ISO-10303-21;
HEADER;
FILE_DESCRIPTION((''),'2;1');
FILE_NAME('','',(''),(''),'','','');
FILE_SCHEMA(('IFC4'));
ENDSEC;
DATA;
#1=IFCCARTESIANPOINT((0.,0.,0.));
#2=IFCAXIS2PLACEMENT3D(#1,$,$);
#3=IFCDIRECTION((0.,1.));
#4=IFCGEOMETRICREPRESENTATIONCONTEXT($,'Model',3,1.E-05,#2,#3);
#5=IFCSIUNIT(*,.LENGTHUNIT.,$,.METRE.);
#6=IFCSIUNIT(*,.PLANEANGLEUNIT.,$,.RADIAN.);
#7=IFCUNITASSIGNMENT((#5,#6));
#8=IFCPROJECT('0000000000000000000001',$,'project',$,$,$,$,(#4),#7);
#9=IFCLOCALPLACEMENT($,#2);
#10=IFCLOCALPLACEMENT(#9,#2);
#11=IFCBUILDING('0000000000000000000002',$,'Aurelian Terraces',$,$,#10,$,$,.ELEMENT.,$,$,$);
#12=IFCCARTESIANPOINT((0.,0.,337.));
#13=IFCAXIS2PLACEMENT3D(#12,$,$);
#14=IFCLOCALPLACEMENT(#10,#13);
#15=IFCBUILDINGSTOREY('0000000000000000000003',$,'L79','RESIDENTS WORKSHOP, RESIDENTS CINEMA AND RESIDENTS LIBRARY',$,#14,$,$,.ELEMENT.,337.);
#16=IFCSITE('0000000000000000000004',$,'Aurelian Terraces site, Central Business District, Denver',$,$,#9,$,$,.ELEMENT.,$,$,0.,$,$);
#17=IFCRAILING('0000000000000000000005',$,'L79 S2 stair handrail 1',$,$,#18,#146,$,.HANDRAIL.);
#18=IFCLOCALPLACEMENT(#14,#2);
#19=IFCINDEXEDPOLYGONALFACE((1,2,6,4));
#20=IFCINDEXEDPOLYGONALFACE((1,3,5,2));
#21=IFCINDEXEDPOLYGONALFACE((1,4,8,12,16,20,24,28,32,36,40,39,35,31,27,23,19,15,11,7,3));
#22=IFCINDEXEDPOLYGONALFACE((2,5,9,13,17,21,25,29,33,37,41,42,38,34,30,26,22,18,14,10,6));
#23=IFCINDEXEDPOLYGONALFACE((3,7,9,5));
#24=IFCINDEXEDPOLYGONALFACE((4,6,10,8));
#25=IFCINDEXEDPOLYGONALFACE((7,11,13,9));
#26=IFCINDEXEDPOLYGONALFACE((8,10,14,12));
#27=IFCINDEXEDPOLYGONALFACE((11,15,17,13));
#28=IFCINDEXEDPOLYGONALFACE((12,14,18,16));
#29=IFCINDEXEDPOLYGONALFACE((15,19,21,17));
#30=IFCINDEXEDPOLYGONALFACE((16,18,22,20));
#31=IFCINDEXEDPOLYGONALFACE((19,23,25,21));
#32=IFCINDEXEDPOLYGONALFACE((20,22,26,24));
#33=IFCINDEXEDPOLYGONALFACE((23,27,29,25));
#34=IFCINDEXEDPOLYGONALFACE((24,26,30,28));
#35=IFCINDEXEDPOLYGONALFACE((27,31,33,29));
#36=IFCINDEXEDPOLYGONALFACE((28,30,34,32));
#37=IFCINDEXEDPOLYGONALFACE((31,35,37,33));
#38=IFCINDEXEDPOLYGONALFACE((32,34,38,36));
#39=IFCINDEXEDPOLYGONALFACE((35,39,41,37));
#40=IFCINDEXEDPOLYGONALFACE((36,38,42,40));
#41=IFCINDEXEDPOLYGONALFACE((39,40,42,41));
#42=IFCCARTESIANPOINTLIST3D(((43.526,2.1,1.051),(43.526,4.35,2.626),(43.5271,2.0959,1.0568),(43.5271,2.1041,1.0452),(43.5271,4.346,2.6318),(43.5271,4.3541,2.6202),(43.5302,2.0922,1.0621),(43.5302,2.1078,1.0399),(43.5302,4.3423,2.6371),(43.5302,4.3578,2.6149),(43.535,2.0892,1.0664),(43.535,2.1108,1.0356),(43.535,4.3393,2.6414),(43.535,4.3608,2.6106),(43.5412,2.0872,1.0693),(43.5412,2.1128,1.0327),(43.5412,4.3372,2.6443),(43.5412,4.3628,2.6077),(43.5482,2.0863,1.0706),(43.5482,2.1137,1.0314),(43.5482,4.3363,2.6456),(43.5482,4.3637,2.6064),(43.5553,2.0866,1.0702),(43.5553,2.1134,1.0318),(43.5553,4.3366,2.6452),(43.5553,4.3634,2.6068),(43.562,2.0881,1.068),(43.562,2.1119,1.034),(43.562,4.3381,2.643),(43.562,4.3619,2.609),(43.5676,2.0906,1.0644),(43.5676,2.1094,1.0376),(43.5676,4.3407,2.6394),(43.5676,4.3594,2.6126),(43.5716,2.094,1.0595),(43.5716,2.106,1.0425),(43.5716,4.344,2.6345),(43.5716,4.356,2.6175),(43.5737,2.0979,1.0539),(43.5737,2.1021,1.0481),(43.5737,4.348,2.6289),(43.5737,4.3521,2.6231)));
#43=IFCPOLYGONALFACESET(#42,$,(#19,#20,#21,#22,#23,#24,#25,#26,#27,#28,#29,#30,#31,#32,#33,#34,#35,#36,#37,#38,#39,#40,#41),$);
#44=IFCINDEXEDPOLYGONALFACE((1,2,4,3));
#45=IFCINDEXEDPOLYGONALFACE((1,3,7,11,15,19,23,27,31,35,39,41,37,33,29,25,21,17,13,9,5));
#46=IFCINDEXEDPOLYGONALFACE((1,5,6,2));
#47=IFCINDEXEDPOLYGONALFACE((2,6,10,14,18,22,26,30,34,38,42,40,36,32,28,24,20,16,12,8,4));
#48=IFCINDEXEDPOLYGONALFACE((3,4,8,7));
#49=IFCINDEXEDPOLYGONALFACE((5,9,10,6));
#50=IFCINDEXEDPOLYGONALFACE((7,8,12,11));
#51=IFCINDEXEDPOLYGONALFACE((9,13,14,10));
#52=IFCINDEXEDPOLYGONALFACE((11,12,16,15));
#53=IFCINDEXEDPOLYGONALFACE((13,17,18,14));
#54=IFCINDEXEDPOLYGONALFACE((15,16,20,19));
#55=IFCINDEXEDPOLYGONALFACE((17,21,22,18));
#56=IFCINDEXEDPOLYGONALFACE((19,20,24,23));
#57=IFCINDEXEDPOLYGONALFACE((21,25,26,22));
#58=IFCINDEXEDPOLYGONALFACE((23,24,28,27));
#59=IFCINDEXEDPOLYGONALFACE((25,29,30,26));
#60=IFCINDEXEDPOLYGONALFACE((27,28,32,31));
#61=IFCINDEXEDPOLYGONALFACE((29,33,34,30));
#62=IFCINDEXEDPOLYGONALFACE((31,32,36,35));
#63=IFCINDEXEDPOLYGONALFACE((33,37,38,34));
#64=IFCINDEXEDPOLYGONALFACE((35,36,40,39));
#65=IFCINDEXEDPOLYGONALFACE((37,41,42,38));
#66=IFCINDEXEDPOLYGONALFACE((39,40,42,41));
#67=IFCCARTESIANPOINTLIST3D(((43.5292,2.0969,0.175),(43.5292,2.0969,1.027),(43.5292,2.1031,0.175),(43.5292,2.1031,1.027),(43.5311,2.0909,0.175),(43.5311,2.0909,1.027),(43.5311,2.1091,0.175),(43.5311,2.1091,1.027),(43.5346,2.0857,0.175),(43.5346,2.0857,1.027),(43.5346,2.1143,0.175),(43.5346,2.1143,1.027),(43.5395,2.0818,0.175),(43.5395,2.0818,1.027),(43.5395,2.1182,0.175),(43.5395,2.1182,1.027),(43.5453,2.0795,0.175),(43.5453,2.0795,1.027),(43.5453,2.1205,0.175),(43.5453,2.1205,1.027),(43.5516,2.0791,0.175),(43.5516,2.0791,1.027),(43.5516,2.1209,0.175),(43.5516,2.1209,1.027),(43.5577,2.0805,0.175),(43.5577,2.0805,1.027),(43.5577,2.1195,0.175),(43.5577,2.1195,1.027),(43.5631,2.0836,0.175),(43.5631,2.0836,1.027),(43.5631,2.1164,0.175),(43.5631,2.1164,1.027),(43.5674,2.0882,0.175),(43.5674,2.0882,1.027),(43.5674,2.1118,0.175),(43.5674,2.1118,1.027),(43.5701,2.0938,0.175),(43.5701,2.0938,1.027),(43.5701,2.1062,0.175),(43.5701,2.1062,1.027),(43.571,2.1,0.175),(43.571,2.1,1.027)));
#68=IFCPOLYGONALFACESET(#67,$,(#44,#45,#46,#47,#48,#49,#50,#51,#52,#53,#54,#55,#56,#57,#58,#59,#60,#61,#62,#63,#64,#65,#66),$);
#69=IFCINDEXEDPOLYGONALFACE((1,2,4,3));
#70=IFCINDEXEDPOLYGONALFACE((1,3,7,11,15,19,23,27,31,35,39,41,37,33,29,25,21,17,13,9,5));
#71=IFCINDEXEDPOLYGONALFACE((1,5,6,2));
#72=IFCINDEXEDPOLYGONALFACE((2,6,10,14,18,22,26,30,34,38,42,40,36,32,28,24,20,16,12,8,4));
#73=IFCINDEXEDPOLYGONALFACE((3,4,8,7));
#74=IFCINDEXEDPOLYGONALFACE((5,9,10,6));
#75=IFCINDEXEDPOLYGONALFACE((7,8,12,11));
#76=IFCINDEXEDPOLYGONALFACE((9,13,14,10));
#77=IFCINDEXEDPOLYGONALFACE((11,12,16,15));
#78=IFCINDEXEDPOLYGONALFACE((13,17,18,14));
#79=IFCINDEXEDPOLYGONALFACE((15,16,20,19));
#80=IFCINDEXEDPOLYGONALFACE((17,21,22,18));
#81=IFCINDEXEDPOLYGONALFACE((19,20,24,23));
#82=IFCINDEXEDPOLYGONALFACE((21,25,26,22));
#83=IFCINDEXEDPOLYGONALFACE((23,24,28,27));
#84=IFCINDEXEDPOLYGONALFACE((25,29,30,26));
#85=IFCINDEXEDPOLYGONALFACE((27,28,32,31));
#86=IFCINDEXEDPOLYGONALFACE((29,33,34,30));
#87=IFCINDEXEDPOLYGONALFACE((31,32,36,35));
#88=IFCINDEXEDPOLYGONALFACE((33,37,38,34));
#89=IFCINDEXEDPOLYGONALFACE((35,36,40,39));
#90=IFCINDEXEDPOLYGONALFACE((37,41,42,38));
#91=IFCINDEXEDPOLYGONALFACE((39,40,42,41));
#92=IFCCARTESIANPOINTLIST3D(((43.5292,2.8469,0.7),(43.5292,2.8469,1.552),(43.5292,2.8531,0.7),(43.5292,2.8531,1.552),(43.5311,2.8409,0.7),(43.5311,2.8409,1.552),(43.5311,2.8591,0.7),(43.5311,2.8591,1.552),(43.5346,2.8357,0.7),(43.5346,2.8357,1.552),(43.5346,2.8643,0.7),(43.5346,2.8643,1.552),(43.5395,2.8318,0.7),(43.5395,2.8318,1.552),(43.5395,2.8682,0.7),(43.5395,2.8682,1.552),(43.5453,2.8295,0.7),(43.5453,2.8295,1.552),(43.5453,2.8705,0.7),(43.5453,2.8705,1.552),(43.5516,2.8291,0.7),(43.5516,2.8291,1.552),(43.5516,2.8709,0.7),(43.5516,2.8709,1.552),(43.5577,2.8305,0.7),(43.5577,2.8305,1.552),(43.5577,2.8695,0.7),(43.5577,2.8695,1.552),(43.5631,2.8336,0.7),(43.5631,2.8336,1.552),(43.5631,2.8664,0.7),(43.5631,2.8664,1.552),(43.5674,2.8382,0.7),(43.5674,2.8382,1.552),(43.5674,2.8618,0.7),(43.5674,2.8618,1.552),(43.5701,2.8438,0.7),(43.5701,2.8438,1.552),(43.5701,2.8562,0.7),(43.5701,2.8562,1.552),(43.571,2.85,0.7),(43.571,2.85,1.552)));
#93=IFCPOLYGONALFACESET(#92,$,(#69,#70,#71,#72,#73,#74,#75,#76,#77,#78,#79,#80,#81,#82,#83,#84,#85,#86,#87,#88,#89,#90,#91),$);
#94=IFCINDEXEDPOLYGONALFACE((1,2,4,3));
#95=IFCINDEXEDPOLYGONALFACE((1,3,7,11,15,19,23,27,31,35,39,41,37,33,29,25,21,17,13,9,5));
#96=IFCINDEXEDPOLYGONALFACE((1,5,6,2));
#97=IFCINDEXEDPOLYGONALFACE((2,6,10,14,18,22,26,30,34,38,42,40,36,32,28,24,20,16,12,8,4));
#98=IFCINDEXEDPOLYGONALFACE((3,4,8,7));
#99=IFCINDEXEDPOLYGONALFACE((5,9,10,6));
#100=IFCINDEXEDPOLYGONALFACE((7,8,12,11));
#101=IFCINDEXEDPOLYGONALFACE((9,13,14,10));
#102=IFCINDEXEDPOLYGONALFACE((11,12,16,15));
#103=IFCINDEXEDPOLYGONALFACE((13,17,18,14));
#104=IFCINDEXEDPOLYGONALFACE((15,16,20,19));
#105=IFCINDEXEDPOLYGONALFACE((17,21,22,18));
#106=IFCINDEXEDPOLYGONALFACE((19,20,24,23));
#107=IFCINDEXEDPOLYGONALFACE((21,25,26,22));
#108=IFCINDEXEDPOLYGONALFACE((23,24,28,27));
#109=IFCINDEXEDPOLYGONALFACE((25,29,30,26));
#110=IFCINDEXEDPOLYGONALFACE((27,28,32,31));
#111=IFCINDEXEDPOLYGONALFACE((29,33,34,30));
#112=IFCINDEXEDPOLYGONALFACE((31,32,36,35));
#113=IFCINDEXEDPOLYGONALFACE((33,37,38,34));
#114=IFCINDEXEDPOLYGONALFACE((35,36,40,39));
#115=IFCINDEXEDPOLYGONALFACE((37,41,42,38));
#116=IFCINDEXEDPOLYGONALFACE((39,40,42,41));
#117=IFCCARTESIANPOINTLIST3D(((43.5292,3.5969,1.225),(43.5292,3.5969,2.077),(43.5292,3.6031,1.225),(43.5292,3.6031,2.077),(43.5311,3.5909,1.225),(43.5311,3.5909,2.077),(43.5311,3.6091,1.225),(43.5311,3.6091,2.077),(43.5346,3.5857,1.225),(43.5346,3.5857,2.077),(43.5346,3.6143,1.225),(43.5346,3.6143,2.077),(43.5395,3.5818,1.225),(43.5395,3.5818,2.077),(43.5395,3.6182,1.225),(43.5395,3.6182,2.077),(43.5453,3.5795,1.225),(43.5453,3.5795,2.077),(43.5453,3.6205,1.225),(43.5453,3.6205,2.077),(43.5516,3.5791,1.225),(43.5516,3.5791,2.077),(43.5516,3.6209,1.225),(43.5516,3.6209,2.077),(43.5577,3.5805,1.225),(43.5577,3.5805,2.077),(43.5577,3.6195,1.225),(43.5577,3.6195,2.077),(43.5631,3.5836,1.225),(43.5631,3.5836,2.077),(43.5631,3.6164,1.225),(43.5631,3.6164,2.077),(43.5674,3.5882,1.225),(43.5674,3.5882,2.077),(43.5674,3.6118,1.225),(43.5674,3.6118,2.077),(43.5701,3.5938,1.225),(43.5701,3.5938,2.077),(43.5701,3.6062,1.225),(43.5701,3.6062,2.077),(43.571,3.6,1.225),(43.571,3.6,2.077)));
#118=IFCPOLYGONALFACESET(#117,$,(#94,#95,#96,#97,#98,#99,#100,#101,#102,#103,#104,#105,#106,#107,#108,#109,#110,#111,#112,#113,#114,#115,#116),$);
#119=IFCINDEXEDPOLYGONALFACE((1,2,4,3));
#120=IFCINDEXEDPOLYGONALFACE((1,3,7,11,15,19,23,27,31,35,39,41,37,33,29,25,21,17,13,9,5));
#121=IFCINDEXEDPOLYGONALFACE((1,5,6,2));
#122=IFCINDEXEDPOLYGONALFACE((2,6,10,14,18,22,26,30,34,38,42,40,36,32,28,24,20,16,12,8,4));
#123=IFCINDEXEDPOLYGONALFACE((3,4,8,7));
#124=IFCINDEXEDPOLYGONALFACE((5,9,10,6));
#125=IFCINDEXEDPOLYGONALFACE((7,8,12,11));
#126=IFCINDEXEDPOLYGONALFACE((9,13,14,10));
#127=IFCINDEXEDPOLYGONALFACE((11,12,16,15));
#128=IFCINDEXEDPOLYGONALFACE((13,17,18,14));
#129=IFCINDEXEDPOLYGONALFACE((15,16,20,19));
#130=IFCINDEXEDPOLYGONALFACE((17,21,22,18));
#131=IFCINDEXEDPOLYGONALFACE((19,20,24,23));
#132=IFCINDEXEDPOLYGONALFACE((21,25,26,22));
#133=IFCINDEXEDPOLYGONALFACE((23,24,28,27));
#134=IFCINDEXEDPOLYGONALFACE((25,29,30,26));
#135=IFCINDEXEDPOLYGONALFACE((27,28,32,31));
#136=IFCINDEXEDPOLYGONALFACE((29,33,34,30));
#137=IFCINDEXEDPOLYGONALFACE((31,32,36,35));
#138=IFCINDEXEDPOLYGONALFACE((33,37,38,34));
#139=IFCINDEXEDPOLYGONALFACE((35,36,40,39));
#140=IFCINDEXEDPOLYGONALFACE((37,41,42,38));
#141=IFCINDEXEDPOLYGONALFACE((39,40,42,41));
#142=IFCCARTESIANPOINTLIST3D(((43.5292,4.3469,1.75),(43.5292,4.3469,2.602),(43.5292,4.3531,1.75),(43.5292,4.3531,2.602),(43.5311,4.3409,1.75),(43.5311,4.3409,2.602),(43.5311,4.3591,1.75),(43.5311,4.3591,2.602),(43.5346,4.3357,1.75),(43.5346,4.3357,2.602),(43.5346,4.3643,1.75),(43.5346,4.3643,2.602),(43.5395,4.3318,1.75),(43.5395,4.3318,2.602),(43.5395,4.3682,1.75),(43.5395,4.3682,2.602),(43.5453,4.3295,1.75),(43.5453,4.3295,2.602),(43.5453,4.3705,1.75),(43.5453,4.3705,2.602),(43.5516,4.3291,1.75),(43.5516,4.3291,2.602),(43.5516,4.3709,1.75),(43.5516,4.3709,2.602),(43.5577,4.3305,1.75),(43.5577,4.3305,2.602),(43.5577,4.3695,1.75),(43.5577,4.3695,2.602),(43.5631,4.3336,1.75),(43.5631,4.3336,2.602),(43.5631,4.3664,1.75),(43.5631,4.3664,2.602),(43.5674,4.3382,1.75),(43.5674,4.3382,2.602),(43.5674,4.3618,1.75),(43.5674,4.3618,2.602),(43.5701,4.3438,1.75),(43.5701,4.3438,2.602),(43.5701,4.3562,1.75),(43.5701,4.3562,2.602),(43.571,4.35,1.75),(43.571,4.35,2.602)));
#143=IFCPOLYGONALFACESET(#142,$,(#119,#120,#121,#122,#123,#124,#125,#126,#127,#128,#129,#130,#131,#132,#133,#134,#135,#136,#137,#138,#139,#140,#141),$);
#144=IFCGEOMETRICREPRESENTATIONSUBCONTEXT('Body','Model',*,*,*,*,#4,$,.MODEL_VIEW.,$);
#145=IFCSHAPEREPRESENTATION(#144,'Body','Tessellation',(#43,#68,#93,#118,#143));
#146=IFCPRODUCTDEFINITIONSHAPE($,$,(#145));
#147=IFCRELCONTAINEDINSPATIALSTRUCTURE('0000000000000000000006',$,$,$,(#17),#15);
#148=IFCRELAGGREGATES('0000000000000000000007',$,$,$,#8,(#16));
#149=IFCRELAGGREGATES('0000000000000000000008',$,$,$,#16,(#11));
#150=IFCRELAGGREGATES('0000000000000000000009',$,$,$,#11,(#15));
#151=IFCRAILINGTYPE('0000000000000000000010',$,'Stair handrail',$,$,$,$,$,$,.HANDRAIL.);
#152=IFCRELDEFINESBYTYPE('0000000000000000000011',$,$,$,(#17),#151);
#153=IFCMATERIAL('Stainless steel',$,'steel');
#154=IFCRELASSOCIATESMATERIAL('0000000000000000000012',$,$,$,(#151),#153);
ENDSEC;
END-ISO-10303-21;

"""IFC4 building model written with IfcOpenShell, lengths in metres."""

from ifc_helpers import new_model, si_unit, direction, frame, origin, origin_2d, place, context, subcontext, project, spatial, circle, extrude, source, transform, mapped, material, type_object, element, save


model = new_model("IFC4")

# Units and contexts
model_context = context("Model", 3, precision=1e-05, world=origin(), true_north=direction((0.0, 1.0)))
body_context = subcontext(model_context, "Body", "Model", "MODEL_VIEW")
ifc_project = project(units=[si_unit("LENGTHUNIT", "METRE"), si_unit("PLANEANGLEUNIT", "RADIAN")], contexts=[model_context])

# Site, building, storey
site_placement = place(None, origin())
site = spatial("IfcSite", under=ifc_project, at=site_placement, Name="Aurelian Terraces site, Central Business District, Denver", CompositionType="ELEMENT", RefElevation=0.0)
building_placement = place(site_placement, origin())
building = spatial("IfcBuilding", under=site, at=building_placement, Name="Aurelian Terraces", CompositionType="ELEMENT")
storey_placement = place(building_placement, frame((0.0, 0.0, 337.0)))
storey = spatial("IfcBuildingStorey", under=building, at=storey_placement, Name="L79", Description="RESIDENTS WORKSHOP, RESIDENTS CINEMA AND RESIDENTS LIBRARY", CompositionType="ELEMENT", Elevation=337.0)

# Railing
ifc_material_1 = material(Name="Stainless steel", Category="steel")
railing_type_1 = type_object("IfcRailingType", Name="Stair handrail", PredefinedType="HANDRAIL", material=ifc_material_1)
shared_shape_1 = source(origin(), body_context, "Body", "SweptSolid", [
    extrude(circle(Radius=0.024, at=origin_2d()), frame((0.0, 0.0, 0.876), z_axis=(0.0, 0.819232, 0.573462), x_axis=(-1.0, 0.0, 0.0)), (0.0, 0.0, 1.0), 2.7465),
    extrude(circle(Radius=0.021, at=origin_2d()), origin(), (0.0, 0.0, 1.0), 0.852),
    extrude(circle(Radius=0.021, at=origin_2d()), frame((0.0, 0.75, 0.525)), (0.0, 0.0, 1.0), 0.852),
    extrude(circle(Radius=0.021, at=origin_2d()), frame((0.0, 1.5, 1.05)), (0.0, 0.0, 1.0), 0.852),
    extrude(circle(Radius=0.021, at=origin_2d()), frame((0.0, 2.25, 1.575)), (0.0, 0.0, 1.0), 0.852),
])
railing_1_placement = place(storey_placement, frame((43.55, 2.1, 0.175)))
element("IfcRailing", 1, at=railing_1_placement, inside=storey, type_object=railing_type_1, Name="L79 S2 stair handrail 1", PredefinedType="HANDRAIL", context=body_context, shape_type="MappedRepresentation", body=[
    mapped(shared_shape_1, transform((0.0, 0.0, 0.0), scale=1.0)),
])

save(model, "model.ifc")
